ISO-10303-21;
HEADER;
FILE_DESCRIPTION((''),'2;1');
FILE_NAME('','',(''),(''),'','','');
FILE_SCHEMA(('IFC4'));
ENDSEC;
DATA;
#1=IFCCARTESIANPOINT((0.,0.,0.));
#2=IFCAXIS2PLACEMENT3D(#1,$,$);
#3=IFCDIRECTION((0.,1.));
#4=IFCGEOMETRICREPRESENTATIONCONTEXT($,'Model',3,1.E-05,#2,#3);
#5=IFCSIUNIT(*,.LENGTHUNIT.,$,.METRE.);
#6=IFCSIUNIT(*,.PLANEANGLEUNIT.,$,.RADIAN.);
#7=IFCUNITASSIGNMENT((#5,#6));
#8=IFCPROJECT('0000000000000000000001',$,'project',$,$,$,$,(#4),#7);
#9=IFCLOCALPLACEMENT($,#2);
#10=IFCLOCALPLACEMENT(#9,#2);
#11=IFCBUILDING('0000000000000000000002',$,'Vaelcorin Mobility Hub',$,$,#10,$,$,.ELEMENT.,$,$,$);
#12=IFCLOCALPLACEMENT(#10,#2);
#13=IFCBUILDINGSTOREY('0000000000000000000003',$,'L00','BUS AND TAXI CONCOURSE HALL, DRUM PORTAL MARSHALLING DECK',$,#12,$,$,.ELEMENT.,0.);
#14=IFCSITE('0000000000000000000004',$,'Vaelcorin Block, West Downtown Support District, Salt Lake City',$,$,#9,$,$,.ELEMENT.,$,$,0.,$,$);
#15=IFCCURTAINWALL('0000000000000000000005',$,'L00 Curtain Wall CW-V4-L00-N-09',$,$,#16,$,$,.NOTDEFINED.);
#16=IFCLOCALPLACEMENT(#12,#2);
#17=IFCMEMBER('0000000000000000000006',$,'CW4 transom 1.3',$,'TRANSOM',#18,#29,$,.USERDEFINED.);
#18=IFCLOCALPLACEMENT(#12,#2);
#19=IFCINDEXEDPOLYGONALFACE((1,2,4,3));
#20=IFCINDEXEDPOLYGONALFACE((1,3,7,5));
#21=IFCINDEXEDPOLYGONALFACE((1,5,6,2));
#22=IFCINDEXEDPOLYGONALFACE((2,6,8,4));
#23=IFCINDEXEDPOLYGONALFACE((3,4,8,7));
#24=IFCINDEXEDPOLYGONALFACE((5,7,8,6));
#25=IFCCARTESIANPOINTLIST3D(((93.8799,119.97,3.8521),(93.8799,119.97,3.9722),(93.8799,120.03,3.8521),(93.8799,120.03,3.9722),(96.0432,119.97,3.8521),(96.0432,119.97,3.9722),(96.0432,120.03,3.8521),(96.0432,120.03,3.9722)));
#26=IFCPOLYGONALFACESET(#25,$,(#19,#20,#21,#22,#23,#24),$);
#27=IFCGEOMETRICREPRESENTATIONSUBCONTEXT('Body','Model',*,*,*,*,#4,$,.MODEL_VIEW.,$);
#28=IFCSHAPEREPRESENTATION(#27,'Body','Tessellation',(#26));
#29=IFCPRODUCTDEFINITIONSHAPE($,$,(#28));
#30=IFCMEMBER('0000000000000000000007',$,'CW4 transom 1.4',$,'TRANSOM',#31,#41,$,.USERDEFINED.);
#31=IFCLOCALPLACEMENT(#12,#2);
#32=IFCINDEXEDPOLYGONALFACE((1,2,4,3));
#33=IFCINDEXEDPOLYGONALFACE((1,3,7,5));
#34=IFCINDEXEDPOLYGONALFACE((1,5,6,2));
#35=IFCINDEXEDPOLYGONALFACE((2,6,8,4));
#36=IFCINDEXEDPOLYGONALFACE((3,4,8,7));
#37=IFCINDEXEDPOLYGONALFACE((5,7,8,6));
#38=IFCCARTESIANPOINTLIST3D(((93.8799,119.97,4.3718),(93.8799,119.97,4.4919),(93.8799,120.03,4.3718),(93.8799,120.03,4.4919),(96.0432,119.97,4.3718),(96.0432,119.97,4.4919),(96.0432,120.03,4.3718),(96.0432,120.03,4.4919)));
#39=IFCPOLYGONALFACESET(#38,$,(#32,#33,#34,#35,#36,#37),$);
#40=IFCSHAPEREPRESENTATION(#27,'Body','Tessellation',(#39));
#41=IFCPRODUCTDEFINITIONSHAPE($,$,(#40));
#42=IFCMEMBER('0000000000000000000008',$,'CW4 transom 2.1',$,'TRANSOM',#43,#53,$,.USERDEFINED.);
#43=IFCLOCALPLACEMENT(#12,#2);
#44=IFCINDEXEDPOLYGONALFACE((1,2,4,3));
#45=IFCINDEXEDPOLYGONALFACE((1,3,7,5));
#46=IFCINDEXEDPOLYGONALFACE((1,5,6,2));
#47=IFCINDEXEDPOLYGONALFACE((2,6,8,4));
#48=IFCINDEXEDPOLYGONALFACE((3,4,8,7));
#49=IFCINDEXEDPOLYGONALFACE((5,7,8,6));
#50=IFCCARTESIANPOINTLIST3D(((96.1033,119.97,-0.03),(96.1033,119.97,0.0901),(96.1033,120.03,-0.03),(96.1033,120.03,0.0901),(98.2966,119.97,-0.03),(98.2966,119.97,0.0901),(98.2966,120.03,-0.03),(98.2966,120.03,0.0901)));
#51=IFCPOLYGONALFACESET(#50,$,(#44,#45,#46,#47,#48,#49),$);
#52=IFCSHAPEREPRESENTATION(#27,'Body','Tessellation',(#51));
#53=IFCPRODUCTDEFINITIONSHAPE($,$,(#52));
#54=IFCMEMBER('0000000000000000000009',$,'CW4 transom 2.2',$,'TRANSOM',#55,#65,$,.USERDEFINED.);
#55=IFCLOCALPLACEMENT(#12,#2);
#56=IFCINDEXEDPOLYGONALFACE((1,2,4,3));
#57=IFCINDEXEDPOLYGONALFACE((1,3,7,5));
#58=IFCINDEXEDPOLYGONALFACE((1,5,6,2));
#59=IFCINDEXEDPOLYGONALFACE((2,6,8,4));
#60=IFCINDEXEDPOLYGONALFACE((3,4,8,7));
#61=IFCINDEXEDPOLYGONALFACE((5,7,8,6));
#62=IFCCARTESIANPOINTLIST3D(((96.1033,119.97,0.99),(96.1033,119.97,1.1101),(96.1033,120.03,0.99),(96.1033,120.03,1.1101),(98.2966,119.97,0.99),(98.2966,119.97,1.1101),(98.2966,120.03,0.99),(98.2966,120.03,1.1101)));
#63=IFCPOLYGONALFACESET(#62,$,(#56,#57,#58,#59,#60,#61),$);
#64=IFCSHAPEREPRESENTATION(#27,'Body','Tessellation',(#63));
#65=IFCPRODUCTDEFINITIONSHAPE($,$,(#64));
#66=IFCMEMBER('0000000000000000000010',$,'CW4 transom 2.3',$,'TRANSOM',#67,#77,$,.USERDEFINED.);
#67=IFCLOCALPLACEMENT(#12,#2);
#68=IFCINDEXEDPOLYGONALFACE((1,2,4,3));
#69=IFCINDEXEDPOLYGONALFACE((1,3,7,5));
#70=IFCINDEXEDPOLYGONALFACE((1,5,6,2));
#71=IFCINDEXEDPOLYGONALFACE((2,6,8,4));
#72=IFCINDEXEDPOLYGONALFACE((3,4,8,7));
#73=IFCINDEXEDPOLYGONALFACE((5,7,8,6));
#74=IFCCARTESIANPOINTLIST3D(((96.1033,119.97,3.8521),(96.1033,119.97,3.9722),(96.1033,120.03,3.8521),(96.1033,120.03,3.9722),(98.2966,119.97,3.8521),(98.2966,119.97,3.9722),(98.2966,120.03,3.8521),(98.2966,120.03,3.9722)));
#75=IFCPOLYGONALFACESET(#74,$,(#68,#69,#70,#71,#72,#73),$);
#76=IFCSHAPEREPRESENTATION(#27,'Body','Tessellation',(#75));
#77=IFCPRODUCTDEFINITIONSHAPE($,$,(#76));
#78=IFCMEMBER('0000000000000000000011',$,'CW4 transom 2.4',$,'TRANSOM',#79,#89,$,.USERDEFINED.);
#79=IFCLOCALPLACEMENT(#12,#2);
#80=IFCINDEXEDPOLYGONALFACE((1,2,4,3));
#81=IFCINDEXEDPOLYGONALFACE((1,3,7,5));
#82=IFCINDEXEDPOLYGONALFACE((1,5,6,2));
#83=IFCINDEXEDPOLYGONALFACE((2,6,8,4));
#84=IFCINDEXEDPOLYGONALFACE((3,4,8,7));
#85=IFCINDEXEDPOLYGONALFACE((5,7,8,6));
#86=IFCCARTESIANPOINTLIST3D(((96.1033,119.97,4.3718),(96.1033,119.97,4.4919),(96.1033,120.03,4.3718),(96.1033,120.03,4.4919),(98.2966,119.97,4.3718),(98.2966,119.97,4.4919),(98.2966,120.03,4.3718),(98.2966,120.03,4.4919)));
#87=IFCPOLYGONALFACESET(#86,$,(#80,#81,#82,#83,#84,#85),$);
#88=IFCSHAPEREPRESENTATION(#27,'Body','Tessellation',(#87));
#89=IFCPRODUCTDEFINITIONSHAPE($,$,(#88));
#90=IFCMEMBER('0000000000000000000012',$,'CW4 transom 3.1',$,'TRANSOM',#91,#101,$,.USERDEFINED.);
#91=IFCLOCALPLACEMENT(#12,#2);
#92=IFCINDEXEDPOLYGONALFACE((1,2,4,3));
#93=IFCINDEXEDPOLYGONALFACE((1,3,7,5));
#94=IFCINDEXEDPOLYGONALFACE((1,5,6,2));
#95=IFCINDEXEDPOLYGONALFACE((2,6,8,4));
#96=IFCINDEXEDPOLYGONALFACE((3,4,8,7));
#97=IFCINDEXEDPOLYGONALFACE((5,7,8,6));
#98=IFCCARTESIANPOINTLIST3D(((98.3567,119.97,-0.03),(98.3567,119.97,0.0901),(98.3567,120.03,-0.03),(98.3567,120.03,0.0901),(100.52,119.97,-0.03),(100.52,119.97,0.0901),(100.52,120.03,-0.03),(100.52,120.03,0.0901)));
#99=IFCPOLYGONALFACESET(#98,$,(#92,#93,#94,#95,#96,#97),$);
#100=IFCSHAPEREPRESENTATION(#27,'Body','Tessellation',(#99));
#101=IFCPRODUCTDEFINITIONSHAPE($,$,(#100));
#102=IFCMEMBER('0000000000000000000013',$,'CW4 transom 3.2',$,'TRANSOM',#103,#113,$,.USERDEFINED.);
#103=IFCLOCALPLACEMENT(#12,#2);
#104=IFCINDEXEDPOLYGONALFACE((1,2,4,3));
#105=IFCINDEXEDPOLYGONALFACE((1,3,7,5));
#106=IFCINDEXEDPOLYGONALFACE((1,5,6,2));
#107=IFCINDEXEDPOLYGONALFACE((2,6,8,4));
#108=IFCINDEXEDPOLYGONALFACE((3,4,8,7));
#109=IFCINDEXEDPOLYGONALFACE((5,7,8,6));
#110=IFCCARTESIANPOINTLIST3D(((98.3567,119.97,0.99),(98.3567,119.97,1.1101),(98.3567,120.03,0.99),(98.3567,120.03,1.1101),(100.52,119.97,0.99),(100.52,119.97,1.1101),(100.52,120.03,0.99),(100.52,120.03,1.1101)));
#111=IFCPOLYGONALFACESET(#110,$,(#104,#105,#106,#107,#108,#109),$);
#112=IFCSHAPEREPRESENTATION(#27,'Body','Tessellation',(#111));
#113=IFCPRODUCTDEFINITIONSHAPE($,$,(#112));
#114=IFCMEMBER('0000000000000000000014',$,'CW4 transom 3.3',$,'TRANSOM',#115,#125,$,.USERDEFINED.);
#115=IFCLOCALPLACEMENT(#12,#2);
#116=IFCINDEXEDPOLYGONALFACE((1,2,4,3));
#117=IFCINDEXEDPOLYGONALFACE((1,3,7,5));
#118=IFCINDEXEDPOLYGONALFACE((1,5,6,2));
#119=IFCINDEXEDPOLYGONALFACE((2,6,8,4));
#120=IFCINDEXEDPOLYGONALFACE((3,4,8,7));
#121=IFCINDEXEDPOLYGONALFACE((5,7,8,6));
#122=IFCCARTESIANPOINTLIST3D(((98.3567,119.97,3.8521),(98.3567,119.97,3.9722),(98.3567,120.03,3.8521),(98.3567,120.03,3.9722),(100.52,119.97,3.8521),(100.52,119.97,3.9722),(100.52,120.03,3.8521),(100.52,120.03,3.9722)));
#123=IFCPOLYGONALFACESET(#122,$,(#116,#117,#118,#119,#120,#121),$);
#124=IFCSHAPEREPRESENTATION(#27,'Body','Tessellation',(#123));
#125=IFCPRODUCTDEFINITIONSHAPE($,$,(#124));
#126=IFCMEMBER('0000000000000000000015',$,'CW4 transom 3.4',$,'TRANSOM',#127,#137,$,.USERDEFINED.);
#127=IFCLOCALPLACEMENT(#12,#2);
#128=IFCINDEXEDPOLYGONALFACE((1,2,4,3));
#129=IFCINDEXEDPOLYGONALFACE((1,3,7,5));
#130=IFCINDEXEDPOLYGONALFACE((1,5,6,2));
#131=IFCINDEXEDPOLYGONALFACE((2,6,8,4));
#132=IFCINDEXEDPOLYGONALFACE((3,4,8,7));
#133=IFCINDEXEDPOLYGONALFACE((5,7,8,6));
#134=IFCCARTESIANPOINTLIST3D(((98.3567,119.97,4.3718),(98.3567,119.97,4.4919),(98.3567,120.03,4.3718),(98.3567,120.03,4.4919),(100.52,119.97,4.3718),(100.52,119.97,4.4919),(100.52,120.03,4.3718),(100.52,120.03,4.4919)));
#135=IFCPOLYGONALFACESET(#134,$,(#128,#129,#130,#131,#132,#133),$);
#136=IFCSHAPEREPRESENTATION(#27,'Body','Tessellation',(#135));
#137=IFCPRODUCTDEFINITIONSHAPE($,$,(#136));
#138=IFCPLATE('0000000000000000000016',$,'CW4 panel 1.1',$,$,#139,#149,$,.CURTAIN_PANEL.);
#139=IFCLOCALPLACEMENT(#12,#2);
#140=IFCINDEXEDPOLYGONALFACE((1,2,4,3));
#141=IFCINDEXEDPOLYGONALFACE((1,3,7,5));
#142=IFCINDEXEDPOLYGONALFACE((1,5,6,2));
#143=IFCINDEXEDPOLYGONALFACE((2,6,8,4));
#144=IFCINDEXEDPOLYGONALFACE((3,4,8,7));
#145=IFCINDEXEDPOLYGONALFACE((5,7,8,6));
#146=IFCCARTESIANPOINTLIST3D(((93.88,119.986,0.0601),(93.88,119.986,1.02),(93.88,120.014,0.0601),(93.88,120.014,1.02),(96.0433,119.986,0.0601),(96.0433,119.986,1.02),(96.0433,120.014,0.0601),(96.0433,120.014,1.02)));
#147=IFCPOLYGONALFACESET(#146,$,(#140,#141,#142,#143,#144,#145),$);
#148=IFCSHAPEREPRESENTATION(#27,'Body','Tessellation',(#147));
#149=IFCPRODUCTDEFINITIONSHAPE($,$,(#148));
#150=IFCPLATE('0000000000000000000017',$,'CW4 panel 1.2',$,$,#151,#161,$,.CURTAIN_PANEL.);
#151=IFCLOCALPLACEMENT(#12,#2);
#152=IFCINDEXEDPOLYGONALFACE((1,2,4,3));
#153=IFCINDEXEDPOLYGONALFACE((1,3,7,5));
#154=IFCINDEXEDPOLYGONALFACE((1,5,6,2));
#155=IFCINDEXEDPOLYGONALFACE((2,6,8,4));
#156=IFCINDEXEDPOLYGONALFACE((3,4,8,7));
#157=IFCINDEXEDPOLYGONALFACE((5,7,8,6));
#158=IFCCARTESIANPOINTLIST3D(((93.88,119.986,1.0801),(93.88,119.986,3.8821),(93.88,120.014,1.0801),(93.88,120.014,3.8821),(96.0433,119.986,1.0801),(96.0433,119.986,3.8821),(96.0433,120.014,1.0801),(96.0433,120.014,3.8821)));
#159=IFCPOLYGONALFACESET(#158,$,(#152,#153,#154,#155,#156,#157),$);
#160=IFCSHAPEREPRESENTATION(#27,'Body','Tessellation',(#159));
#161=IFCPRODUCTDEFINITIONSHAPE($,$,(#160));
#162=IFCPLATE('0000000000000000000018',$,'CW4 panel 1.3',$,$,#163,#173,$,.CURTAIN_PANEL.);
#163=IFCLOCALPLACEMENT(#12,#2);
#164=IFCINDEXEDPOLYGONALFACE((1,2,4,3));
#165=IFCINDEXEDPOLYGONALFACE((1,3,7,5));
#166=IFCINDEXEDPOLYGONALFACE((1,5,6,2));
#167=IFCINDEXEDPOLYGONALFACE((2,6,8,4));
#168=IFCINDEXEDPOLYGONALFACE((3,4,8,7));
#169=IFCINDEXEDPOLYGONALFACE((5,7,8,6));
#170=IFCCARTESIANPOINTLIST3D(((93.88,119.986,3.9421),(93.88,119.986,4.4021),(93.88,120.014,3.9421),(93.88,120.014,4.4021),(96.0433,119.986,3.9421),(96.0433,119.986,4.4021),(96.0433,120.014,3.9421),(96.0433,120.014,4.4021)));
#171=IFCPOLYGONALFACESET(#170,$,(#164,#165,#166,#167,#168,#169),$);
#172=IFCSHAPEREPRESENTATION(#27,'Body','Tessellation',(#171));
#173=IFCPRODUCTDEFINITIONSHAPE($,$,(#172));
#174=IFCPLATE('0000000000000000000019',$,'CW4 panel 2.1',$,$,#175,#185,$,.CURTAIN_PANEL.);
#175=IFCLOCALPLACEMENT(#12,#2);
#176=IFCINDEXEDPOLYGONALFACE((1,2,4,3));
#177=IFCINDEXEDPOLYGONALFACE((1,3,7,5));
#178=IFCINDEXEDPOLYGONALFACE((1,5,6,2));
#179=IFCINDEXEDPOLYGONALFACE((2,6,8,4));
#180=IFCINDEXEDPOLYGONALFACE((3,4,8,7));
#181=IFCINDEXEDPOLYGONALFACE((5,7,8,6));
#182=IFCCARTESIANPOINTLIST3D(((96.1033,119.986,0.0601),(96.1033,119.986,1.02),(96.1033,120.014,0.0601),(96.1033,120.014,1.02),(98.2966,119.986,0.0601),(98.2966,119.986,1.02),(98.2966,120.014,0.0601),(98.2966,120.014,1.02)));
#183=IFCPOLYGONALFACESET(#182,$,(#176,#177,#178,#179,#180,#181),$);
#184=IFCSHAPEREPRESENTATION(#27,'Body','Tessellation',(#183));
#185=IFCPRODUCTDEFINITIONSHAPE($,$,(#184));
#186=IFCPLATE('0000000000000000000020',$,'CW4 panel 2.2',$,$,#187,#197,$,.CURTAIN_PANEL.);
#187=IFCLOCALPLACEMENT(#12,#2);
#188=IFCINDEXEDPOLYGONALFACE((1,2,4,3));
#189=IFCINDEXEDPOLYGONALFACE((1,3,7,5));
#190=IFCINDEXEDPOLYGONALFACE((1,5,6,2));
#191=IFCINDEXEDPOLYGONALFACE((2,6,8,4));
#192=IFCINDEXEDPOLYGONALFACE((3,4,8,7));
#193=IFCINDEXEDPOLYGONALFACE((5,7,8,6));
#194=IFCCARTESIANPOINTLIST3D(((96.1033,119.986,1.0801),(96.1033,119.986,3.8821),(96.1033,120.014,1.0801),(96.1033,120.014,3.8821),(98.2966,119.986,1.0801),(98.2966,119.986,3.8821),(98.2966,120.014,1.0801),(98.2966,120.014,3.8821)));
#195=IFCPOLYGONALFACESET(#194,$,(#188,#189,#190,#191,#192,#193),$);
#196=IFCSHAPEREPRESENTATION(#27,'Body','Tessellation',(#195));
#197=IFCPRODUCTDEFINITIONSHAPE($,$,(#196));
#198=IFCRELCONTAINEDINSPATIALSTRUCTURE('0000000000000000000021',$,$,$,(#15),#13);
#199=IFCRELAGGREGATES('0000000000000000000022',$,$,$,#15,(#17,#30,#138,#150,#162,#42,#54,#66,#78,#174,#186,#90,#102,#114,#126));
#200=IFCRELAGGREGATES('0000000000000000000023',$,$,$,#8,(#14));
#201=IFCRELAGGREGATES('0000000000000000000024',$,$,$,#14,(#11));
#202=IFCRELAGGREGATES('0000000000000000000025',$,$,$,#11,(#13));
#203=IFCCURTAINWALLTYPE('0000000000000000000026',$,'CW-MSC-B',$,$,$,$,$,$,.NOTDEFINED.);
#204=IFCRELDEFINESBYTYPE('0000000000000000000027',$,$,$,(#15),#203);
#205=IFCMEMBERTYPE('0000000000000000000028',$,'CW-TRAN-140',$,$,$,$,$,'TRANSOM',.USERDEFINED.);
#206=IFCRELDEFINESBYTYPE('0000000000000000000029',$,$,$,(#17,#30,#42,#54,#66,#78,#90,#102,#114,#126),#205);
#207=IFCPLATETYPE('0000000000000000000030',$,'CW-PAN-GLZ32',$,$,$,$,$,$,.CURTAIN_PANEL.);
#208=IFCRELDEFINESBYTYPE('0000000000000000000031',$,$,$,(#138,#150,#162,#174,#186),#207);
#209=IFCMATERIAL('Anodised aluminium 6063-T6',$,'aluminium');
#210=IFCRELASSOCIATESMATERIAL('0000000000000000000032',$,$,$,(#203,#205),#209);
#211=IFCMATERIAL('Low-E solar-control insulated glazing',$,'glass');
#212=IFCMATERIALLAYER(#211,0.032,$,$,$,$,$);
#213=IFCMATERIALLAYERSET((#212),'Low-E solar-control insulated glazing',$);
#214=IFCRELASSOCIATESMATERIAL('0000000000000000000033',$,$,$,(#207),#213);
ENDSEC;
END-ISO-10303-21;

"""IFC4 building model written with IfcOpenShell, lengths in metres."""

from ifc_helpers import new_model, si_unit, direction, frame, origin, origin_2d, place, context, subcontext, project, spatial, rectangle, extrude, material, layer, layer_set, material_profile, profile_set, type_object, element, aggregate, save


model = new_model("IFC4")

# Units and contexts
model_context = context("Model", 3, precision=1e-05, world=origin(), true_north=direction((0.0, 1.0)))
body_context = subcontext(model_context, "Body", "Model", "MODEL_VIEW")
ifc_project = project(units=[si_unit("LENGTHUNIT", "METRE"), si_unit("PLANEANGLEUNIT", "RADIAN")], contexts=[model_context])

# Site, building, storey
site_placement = place(None, origin())
site = spatial("IfcSite", under=ifc_project, at=site_placement, Name="Vaelcorin Block, West Downtown Support District, Salt Lake City", CompositionType="ELEMENT", RefElevation=0.0)
building_placement = place(site_placement, origin())
building = spatial("IfcBuilding", under=site, at=building_placement, Name="Vaelcorin Mobility Hub", CompositionType="ELEMENT")
storey_placement = place(building_placement, origin())
storey = spatial("IfcBuildingStorey", under=building, at=storey_placement, Name="L00", Description="BUS AND TAXI CONCOURSE HALL, DRUM PORTAL MARSHALLING DECK", CompositionType="ELEMENT", Elevation=0.0)

# Curtain wall, members, plates
ifc_material_1 = material(Name="Anodised aluminium 6063-T6", Category="aluminium")
curtain_wall_type = type_object("IfcCurtainWallType", Name="CW-MSC-B", PredefinedType="NOTDEFINED", material=ifc_material_1)
curtain_wall_placement = place(storey_placement, origin())
curtain_wall = element("IfcCurtainWall", 1, at=curtain_wall_placement, inside=storey, type_object=curtain_wall_type, Name="L00 Curtain Wall CW-V4-L00-N-09", PredefinedType="NOTDEFINED")
ifc_material_profile_1 = material_profile(ifc_material_1, rectangle(XDim=0.0601, YDim=0.1201, at=origin_2d()), Name="ALU-T60X120")
ifc_profile_set_1 = profile_set([ifc_material_profile_1], Name="Anodised aluminium 6063-T6")
member_type_1 = type_object("IfcMemberType", Name="CW-TRAN-140", ElementType="TRANSOM", PredefinedType="USERDEFINED", material=ifc_profile_set_1)
member_1_placement = place(storey_placement, frame((93.8799, 120.0, 3.9121), z_axis=(1.0, 0.0, 0.0), x_axis=(0.0, 1.0, 0.0)))
member_1 = element("IfcMember", 2, at=member_1_placement, type_object=member_type_1, Name="CW4 transom 1.3", ObjectType="TRANSOM", PredefinedType="USERDEFINED", context=body_context, shape_type="SweptSolid", body=[
    extrude(rectangle(XDim=0.0601, YDim=0.1201, at=origin_2d()), origin(), (0.0, 0.0, 1.0), 2.1633),
])
member_2_placement = place(storey_placement, frame((93.8799, 120.0, 4.4319), z_axis=(1.0, 0.0, 0.0), x_axis=(0.0, 1.0, 0.0)))
member_2 = element("IfcMember", 3, at=member_2_placement, type_object=member_type_1, Name="CW4 transom 1.4", ObjectType="TRANSOM", PredefinedType="USERDEFINED", context=body_context, shape_type="SweptSolid", body=[
    extrude(rectangle(XDim=0.0601, YDim=0.1201, at=origin_2d()), origin(), (0.0, 0.0, 1.0), 2.1633),
])
member_3_placement = place(storey_placement, frame((96.1033, 120.0, 0.03), z_axis=(1.0, 0.0, 0.0), x_axis=(0.0, 1.0, 0.0)))
member_3 = element("IfcMember", 4, at=member_3_placement, type_object=member_type_1, Name="CW4 transom 2.1", ObjectType="TRANSOM", PredefinedType="USERDEFINED", context=body_context, shape_type="SweptSolid", body=[
    extrude(rectangle(XDim=0.0601, YDim=0.1201, at=origin_2d()), origin(), (0.0, 0.0, 1.0), 2.1934),
])
member_4_placement = place(storey_placement, frame((96.1033, 120.0, 1.05), z_axis=(1.0, 0.0, 0.0), x_axis=(0.0, 1.0, 0.0)))
member_4 = element("IfcMember", 5, at=member_4_placement, type_object=member_type_1, Name="CW4 transom 2.2", ObjectType="TRANSOM", PredefinedType="USERDEFINED", context=body_context, shape_type="SweptSolid", body=[
    extrude(rectangle(XDim=0.0601, YDim=0.1201, at=origin_2d()), origin(), (0.0, 0.0, 1.0), 2.1934),
])
member_5_placement = place(storey_placement, frame((96.1033, 120.0, 3.9121), z_axis=(1.0, 0.0, 0.0), x_axis=(0.0, 1.0, 0.0)))
member_5 = element("IfcMember", 6, at=member_5_placement, type_object=member_type_1, Name="CW4 transom 2.3", ObjectType="TRANSOM", PredefinedType="USERDEFINED", context=body_context, shape_type="SweptSolid", body=[
    extrude(rectangle(XDim=0.0601, YDim=0.1201, at=origin_2d()), origin(), (0.0, 0.0, 1.0), 2.1934),
])
member_6_placement = place(storey_placement, frame((96.1033, 120.0, 4.4319), z_axis=(1.0, 0.0, 0.0), x_axis=(0.0, 1.0, 0.0)))
member_6 = element("IfcMember", 7, at=member_6_placement, type_object=member_type_1, Name="CW4 transom 2.4", ObjectType="TRANSOM", PredefinedType="USERDEFINED", context=body_context, shape_type="SweptSolid", body=[
    extrude(rectangle(XDim=0.0601, YDim=0.1201, at=origin_2d()), origin(), (0.0, 0.0, 1.0), 2.1934),
])
member_7_placement = place(storey_placement, frame((98.3567, 120.0, 0.03), z_axis=(1.0, 0.0, 0.0), x_axis=(0.0, 1.0, 0.0)))
member_7 = element("IfcMember", 8, at=member_7_placement, type_object=member_type_1, Name="CW4 transom 3.1", ObjectType="TRANSOM", PredefinedType="USERDEFINED", context=body_context, shape_type="SweptSolid", body=[
    extrude(rectangle(XDim=0.0601, YDim=0.1201, at=origin_2d()), origin(), (0.0, 0.0, 1.0), 2.1633),
])
member_8_placement = place(storey_placement, frame((98.3567, 120.0, 1.05), z_axis=(1.0, 0.0, 0.0), x_axis=(0.0, 1.0, 0.0)))
member_8 = element("IfcMember", 9, at=member_8_placement, type_object=member_type_1, Name="CW4 transom 3.2", ObjectType="TRANSOM", PredefinedType="USERDEFINED", context=body_context, shape_type="SweptSolid", body=[
    extrude(rectangle(XDim=0.0601, YDim=0.1201, at=origin_2d()), origin(), (0.0, 0.0, 1.0), 2.1633),
])
member_9_placement = place(storey_placement, frame((98.3567, 120.0, 3.9121), z_axis=(1.0, 0.0, 0.0), x_axis=(0.0, 1.0, 0.0)))
member_9 = element("IfcMember", 10, at=member_9_placement, type_object=member_type_1, Name="CW4 transom 3.3", ObjectType="TRANSOM", PredefinedType="USERDEFINED", context=body_context, shape_type="SweptSolid", body=[
    extrude(rectangle(XDim=0.0601, YDim=0.1201, at=origin_2d()), origin(), (0.0, 0.0, 1.0), 2.1633),
])
member_10_placement = place(storey_placement, frame((98.3567, 120.0, 4.4319), z_axis=(1.0, 0.0, 0.0), x_axis=(0.0, 1.0, 0.0)))
member_10 = element("IfcMember", 11, at=member_10_placement, type_object=member_type_1, Name="CW4 transom 3.4", ObjectType="TRANSOM", PredefinedType="USERDEFINED", context=body_context, shape_type="SweptSolid", body=[
    extrude(rectangle(XDim=0.0601, YDim=0.1201, at=origin_2d()), origin(), (0.0, 0.0, 1.0), 2.1633),
])
ifc_material_2 = material(Name="Low-E solar-control insulated glazing", Category="glass")
ifc_layer = layer(ifc_material_2, 0.032)
ifc_layer_set = layer_set([ifc_layer], Name="Low-E solar-control insulated glazing")
plate_type = type_object("IfcPlateType", Name="CW-PAN-GLZ32", PredefinedType="CURTAIN_PANEL", material=ifc_layer_set)
plate_1_placement = place(storey_placement, frame((94.9617, 120.0, 0.0601), z_axis=(0.0, 0.0, 1.0), x_axis=(1.0, 0.0, 0.0)))
plate_1 = element("IfcPlate", 12, at=plate_1_placement, type_object=plate_type, Name="CW4 panel 1.1", PredefinedType="CURTAIN_PANEL", context=body_context, shape_type="SweptSolid", body=[
    extrude(rectangle(XDim=2.1633, YDim=0.0281, at=origin_2d()), origin(), (0.0, 0.0, 1.0), 0.96),
])
plate_2_placement = place(storey_placement, frame((94.9617, 120.0, 1.0801), z_axis=(0.0, 0.0, 1.0), x_axis=(1.0, 0.0, 0.0)))
plate_2 = element("IfcPlate", 13, at=plate_2_placement, type_object=plate_type, Name="CW4 panel 1.2", PredefinedType="CURTAIN_PANEL", context=body_context, shape_type="SweptSolid", body=[
    extrude(rectangle(XDim=2.1633, YDim=0.0281, at=origin_2d()), origin(), (0.0, 0.0, 1.0), 2.802),
])
plate_3_placement = place(storey_placement, frame((94.9617, 120.0, 3.9421), z_axis=(0.0, 0.0, 1.0), x_axis=(1.0, 0.0, 0.0)))
plate_3 = element("IfcPlate", 14, at=plate_3_placement, type_object=plate_type, Name="CW4 panel 1.3", PredefinedType="CURTAIN_PANEL", context=body_context, shape_type="SweptSolid", body=[
    extrude(rectangle(XDim=2.1633, YDim=0.0281, at=origin_2d()), origin(), (0.0, 0.0, 1.0), 0.46),
])
plate_4_placement = place(storey_placement, frame((97.2, 120.0, 0.0601), z_axis=(0.0, 0.0, 1.0), x_axis=(1.0, 0.0, 0.0)))
plate_4 = element("IfcPlate", 15, at=plate_4_placement, type_object=plate_type, Name="CW4 panel 2.1", PredefinedType="CURTAIN_PANEL", context=body_context, shape_type="SweptSolid", body=[
    extrude(rectangle(XDim=2.1934, YDim=0.0281, at=origin_2d()), origin(), (0.0, 0.0, 1.0), 0.96),
])
plate_5_placement = place(storey_placement, frame((97.2, 120.0, 1.0801), z_axis=(0.0, 0.0, 1.0), x_axis=(1.0, 0.0, 0.0)))
plate_5 = element("IfcPlate", 16, at=plate_5_placement, type_object=plate_type, Name="CW4 panel 2.2", PredefinedType="CURTAIN_PANEL", context=body_context, shape_type="SweptSolid", body=[
    extrude(rectangle(XDim=2.1934, YDim=0.0281, at=origin_2d()), origin(), (0.0, 0.0, 1.0), 2.802),
])
aggregate(curtain_wall, [member_1, member_2, plate_1, plate_2, plate_3, member_3, member_4, member_5, member_6, plate_4, plate_5, member_7, member_8, member_9, member_10])

save(model, "model.ifc")
